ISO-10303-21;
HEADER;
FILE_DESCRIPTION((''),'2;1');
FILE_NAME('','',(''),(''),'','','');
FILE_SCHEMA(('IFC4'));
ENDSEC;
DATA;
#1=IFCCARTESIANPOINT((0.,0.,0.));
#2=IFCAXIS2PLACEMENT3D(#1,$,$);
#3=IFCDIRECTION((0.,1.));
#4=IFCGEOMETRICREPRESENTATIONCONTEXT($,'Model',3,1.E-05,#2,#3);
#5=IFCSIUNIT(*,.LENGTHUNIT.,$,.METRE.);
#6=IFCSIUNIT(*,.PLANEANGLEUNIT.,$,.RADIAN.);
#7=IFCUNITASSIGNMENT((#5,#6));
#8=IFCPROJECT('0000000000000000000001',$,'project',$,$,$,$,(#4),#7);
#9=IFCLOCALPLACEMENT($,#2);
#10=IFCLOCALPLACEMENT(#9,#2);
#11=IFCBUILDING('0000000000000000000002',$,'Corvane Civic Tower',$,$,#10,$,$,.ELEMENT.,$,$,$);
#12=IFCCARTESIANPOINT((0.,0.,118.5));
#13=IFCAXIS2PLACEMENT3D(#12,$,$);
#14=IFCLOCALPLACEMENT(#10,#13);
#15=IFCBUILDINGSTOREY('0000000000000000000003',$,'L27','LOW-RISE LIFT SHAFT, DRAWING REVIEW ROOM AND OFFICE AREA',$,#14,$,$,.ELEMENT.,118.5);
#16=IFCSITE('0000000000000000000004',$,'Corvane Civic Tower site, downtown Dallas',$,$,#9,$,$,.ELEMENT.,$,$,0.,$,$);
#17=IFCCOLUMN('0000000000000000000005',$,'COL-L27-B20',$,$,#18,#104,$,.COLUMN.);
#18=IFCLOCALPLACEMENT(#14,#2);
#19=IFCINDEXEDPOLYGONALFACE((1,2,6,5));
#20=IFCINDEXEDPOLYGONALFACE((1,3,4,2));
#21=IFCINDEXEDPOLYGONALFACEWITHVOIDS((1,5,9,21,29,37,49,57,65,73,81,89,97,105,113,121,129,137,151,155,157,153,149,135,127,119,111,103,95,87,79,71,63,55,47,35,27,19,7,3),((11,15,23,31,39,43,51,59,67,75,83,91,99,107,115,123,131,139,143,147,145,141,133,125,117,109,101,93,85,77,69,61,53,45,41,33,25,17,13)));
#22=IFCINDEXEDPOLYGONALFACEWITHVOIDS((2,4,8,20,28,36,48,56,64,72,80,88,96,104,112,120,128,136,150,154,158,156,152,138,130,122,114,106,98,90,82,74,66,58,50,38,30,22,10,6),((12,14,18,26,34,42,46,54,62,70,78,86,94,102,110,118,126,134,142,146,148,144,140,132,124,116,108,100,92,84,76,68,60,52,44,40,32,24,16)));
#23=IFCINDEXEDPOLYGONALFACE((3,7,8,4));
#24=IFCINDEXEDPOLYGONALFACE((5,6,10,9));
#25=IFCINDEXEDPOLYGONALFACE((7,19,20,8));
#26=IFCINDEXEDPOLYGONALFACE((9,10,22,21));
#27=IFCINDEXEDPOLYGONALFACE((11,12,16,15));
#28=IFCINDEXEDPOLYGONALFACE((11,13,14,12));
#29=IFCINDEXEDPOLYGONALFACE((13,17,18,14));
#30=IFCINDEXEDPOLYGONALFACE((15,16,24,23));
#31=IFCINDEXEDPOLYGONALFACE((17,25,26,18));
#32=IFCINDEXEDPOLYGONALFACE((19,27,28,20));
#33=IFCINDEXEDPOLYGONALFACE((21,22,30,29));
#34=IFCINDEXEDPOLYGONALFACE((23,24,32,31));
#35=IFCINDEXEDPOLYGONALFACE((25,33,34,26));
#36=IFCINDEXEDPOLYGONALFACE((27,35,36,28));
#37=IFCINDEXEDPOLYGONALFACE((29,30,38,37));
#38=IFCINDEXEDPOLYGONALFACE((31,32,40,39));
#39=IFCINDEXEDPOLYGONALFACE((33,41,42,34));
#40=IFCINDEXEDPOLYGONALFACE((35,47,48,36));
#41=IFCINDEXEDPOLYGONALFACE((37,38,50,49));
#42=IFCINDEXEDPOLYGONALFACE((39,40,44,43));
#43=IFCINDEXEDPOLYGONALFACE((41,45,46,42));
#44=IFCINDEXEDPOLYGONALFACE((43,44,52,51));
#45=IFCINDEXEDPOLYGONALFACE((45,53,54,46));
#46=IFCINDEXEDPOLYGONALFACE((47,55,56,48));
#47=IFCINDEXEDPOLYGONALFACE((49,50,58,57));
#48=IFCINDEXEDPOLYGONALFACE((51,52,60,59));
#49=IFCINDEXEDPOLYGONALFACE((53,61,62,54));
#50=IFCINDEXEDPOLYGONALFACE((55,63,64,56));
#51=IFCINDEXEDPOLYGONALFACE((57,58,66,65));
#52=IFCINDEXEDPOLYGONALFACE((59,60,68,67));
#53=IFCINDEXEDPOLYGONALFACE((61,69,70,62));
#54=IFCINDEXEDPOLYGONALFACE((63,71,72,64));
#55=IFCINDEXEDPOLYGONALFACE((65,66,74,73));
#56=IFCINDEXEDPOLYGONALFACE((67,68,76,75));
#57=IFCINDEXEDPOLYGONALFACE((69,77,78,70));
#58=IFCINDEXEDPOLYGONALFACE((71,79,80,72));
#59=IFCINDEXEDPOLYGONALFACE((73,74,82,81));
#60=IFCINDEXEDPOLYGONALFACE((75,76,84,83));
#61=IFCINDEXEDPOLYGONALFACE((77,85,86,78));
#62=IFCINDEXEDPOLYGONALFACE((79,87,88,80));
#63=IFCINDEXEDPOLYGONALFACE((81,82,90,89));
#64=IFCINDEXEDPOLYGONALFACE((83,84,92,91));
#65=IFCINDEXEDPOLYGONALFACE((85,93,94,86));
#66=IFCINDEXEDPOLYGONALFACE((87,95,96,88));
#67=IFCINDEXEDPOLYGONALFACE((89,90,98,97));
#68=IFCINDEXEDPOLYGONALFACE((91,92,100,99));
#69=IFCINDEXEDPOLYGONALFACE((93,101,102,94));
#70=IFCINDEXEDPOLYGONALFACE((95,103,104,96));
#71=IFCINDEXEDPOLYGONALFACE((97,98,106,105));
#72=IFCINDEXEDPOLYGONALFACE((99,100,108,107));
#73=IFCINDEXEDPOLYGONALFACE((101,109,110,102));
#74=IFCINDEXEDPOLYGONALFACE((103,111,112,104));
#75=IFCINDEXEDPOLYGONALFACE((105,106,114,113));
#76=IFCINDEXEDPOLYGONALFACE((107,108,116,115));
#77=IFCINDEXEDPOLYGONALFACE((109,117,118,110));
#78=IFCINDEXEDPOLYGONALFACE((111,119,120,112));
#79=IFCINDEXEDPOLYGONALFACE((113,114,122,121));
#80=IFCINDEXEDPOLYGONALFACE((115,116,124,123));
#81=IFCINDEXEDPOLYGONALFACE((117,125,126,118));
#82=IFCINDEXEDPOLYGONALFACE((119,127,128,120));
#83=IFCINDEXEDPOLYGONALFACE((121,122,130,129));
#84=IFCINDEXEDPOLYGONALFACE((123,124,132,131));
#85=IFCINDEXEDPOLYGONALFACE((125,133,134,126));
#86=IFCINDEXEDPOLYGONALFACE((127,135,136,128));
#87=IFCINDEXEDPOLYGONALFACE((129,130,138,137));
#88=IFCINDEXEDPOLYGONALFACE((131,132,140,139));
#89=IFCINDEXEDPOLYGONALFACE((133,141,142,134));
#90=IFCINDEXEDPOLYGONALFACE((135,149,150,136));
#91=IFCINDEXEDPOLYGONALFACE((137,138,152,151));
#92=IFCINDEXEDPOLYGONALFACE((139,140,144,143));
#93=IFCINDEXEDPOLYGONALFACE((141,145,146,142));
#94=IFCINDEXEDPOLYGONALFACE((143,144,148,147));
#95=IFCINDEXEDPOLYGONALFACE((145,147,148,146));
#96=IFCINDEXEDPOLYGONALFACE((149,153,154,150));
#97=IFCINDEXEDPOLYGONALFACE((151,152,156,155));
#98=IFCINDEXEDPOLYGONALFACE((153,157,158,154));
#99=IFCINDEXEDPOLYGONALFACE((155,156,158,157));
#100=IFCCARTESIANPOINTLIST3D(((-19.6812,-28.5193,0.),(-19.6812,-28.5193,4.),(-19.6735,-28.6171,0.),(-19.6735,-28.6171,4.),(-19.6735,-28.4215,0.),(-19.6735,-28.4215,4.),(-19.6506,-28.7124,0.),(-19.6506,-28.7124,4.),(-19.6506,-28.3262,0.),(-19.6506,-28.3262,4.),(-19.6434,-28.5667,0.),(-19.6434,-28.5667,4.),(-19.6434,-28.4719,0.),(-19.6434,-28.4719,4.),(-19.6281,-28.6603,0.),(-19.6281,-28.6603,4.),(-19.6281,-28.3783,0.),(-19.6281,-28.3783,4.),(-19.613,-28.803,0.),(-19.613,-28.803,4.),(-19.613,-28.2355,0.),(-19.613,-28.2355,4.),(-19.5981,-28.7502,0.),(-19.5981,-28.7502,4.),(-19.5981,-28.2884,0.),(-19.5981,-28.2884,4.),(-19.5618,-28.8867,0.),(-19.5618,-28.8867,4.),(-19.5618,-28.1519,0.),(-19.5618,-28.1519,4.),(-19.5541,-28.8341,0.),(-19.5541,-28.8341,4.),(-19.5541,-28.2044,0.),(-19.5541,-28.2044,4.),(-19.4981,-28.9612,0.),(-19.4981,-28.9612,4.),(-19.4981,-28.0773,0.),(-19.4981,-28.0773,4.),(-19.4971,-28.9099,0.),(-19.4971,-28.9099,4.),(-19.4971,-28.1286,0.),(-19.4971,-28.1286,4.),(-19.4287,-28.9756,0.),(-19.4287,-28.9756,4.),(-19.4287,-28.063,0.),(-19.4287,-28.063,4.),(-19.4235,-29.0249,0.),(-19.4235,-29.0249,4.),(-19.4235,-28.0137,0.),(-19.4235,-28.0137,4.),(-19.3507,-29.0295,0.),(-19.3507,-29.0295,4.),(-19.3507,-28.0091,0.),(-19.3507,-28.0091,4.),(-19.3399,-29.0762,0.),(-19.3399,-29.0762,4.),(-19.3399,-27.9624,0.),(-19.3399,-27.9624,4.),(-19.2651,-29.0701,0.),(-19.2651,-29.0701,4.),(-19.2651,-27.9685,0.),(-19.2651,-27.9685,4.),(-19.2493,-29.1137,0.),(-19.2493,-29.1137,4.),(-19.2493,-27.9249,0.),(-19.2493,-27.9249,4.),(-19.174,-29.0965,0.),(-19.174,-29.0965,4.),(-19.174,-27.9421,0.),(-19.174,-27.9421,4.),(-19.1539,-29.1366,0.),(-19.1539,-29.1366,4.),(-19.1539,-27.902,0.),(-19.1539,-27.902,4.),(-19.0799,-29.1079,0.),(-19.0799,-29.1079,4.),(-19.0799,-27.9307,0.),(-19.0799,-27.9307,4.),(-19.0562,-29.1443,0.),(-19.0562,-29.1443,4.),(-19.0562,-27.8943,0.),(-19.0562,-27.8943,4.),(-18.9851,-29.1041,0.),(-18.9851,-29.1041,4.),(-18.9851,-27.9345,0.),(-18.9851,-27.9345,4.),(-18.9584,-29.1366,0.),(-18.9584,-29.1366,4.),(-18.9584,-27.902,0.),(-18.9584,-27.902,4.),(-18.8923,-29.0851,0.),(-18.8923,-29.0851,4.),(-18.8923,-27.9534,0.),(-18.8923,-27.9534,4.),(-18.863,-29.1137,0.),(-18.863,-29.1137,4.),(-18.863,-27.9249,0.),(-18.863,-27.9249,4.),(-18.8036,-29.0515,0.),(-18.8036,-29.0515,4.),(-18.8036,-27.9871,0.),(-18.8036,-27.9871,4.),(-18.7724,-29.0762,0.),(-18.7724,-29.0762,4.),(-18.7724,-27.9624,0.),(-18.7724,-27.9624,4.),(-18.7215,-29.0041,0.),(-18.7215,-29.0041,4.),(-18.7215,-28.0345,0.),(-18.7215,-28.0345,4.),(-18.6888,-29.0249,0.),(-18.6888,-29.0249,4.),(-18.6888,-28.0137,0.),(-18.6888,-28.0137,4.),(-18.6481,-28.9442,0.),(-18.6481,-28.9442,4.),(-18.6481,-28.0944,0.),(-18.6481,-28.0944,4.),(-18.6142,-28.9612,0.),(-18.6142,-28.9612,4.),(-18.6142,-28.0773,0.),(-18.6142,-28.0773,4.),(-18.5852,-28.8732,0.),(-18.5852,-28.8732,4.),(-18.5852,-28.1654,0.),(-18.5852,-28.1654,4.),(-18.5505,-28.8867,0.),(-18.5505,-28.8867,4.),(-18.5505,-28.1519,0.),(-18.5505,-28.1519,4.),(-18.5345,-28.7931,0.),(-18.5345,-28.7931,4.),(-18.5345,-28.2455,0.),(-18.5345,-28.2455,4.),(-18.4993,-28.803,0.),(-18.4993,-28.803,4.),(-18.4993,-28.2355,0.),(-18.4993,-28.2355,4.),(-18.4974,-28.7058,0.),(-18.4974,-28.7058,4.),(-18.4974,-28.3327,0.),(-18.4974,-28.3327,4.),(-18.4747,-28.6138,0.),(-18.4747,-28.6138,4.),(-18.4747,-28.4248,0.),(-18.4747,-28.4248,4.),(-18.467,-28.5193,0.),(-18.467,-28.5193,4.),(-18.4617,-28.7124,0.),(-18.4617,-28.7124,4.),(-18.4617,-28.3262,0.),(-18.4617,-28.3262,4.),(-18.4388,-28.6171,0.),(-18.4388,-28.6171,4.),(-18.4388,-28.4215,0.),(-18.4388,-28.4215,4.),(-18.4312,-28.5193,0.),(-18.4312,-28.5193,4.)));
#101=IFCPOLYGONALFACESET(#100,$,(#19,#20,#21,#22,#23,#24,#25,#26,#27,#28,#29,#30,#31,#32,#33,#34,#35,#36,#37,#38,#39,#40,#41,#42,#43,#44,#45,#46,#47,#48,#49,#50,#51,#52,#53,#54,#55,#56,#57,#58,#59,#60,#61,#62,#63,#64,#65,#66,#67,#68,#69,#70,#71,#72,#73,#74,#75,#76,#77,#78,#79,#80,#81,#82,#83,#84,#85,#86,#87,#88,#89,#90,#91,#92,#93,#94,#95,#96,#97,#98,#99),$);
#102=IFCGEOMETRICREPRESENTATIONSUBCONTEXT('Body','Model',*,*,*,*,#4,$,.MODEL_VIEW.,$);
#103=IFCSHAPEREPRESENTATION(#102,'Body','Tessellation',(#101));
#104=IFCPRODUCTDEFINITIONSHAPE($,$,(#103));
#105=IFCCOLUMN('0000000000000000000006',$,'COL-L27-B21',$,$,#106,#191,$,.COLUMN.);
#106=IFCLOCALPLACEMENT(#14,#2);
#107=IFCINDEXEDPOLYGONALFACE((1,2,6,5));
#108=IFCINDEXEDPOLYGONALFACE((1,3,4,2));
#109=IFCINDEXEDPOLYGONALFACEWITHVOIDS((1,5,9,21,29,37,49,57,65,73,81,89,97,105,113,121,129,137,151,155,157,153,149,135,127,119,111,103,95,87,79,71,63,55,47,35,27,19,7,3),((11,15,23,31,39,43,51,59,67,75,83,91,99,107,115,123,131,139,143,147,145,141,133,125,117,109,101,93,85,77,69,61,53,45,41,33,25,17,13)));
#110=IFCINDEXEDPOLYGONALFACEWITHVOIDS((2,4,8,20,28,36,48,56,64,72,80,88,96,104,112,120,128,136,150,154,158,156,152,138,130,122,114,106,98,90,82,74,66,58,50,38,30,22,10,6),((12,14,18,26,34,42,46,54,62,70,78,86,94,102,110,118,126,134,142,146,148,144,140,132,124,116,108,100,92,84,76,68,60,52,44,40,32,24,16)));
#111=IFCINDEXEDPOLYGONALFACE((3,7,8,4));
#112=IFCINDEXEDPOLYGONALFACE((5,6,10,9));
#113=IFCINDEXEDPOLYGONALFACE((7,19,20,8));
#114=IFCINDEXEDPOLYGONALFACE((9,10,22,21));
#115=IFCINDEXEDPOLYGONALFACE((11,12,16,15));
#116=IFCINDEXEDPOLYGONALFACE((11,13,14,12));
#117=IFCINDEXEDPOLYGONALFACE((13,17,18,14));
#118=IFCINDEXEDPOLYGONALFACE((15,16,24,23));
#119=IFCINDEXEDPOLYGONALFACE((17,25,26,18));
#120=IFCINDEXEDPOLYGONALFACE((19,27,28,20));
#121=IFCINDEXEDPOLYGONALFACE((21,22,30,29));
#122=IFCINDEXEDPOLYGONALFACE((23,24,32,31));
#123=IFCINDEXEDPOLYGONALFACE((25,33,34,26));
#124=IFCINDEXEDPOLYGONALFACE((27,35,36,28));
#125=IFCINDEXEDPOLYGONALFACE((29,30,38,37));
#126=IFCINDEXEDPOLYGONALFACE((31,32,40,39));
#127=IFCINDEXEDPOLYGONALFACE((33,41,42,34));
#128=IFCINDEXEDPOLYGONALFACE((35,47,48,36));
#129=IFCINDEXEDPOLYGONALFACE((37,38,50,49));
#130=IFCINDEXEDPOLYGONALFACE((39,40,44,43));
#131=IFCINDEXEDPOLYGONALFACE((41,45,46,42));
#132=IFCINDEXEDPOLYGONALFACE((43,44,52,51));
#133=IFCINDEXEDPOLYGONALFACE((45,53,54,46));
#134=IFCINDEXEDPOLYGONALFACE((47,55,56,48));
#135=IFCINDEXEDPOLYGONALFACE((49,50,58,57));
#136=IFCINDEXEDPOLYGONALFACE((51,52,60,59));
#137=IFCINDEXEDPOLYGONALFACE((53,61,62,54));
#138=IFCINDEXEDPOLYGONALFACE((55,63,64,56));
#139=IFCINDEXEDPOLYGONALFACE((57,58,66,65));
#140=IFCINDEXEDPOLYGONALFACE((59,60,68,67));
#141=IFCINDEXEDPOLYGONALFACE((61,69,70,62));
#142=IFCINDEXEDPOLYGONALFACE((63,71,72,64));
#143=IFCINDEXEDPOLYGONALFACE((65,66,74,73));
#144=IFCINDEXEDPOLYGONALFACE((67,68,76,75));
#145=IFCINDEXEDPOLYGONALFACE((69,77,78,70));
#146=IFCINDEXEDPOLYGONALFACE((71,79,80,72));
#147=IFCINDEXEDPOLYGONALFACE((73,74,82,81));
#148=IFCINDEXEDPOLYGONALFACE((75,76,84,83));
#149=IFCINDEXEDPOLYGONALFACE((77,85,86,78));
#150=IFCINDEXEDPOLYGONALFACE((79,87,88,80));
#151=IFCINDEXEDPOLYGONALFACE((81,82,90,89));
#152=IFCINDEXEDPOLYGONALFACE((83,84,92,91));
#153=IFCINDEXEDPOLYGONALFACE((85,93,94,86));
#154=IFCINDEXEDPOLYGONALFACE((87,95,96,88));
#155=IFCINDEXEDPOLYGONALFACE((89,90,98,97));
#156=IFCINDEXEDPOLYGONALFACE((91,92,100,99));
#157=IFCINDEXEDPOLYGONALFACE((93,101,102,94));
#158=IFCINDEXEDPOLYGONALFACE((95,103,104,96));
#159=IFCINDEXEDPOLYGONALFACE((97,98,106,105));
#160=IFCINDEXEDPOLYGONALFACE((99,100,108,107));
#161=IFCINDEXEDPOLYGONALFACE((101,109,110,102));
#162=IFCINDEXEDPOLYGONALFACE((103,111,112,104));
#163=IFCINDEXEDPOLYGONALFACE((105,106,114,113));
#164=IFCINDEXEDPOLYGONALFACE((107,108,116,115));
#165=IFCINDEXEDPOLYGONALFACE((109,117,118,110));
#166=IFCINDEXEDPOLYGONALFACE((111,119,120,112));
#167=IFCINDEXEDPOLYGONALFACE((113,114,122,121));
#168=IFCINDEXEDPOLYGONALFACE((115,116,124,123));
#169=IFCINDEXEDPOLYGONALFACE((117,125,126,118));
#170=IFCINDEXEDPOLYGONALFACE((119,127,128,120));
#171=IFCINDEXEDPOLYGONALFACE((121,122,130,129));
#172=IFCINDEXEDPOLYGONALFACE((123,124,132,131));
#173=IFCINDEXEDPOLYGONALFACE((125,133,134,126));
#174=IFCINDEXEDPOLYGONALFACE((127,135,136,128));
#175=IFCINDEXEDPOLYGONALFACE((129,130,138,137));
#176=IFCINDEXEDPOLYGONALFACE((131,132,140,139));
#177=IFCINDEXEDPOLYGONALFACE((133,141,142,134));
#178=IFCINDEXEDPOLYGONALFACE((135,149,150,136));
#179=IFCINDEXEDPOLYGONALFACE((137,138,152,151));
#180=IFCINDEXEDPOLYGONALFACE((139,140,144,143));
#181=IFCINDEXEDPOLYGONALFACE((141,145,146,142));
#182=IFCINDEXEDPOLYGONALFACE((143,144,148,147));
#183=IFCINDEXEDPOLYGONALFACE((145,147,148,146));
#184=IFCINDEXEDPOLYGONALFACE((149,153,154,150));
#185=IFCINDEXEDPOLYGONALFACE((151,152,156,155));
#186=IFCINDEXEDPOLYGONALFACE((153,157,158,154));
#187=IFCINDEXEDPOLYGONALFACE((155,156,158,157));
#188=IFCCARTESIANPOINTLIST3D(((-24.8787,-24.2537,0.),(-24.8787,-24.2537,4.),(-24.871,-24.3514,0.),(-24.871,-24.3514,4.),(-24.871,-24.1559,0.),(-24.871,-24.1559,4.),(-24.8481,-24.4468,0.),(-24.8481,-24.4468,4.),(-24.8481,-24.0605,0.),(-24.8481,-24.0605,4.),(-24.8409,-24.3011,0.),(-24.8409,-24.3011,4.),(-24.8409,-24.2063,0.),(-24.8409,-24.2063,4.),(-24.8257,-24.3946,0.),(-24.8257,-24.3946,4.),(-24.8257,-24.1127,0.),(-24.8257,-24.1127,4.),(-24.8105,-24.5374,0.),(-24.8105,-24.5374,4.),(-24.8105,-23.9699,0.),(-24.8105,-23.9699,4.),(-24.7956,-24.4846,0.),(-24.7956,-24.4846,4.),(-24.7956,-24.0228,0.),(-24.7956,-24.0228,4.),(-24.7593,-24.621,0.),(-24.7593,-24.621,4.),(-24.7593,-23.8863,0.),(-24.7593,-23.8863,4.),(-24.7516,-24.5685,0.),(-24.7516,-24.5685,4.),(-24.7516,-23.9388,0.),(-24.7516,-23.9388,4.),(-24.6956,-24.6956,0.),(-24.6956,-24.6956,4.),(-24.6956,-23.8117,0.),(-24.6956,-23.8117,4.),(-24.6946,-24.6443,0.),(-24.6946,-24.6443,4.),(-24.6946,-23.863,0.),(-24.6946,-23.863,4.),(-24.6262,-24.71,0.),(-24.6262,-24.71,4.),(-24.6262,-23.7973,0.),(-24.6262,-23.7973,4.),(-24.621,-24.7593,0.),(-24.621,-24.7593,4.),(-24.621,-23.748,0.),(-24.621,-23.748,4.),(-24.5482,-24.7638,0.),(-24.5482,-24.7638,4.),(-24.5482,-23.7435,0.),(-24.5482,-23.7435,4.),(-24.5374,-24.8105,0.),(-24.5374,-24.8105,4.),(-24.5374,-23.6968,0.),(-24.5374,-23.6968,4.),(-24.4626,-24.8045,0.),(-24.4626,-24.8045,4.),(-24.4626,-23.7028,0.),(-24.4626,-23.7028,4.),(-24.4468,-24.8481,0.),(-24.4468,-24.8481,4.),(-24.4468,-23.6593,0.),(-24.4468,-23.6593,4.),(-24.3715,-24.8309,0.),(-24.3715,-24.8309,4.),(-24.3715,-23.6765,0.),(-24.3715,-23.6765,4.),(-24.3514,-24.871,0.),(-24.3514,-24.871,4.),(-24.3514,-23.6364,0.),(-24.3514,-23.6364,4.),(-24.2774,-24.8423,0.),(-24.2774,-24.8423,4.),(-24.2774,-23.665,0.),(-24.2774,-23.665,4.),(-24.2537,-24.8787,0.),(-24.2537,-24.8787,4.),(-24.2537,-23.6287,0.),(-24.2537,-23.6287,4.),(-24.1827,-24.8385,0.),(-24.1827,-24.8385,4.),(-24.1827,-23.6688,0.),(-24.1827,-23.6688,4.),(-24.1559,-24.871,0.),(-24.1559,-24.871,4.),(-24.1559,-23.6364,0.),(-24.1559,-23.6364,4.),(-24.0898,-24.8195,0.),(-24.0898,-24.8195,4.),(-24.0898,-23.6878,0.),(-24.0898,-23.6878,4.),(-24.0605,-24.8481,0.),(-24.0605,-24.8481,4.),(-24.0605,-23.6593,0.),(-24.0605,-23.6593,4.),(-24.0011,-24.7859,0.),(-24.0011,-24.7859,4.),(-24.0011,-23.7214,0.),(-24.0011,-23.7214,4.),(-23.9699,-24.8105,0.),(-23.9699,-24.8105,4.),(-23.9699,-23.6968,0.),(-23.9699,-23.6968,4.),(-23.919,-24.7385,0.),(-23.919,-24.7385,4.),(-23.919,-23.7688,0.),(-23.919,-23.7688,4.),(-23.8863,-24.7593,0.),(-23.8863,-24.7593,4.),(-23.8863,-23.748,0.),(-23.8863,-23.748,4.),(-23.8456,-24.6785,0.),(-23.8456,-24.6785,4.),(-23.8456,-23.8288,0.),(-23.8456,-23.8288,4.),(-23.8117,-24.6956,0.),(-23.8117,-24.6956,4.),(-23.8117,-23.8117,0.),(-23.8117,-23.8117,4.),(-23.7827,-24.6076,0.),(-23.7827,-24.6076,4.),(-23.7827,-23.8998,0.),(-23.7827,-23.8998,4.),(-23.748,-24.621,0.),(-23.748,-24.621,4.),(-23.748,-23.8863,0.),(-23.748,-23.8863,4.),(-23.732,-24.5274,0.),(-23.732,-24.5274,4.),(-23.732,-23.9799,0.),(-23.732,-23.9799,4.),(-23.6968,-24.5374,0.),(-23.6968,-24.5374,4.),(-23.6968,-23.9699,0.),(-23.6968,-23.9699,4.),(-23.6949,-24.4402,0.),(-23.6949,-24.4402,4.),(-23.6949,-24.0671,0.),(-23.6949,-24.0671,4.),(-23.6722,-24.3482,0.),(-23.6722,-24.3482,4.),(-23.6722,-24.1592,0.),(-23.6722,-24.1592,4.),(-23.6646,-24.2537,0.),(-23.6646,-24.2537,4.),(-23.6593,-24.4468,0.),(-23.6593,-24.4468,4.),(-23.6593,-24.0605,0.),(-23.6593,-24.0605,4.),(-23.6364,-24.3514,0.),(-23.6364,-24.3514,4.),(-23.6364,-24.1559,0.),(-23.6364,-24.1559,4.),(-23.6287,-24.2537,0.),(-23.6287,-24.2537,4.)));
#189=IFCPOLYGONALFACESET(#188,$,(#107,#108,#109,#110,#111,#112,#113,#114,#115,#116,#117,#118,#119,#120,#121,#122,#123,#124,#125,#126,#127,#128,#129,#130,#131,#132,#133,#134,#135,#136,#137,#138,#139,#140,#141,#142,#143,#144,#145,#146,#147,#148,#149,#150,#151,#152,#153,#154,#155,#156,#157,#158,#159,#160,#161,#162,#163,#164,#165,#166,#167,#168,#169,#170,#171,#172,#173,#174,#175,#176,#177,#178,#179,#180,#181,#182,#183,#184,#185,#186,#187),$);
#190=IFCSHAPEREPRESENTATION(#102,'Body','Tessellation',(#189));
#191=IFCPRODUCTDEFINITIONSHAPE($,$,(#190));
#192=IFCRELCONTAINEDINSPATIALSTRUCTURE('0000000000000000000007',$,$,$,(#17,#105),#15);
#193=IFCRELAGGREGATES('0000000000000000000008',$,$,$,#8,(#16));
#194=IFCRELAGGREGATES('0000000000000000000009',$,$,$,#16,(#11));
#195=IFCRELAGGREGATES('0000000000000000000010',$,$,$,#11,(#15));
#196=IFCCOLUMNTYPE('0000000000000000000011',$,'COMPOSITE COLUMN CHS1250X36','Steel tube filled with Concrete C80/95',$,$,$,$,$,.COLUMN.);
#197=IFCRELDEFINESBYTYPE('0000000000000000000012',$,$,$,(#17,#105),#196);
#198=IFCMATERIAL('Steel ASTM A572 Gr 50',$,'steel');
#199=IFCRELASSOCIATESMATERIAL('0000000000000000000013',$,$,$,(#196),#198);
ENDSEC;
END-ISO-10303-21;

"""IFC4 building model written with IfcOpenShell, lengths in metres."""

from ifc_helpers import new_model, si_unit, direction, frame, origin, origin_2d, place, context, subcontext, project, spatial, hollow_circle, extrude, material, material_profile, profile_set, type_object, element, save


model = new_model("IFC4")

# Units and contexts
model_context = context("Model", 3, precision=1e-05, world=origin(), true_north=direction((0.0, 1.0)))
body_context = subcontext(model_context, "Body", "Model", "MODEL_VIEW")
ifc_project = project(units=[si_unit("LENGTHUNIT", "METRE"), si_unit("PLANEANGLEUNIT", "RADIAN")], contexts=[model_context])

# Site, building, storey
site_placement = place(None, origin())
site = spatial("IfcSite", under=ifc_project, at=site_placement, Name="Corvane Civic Tower site, downtown Dallas", CompositionType="ELEMENT", RefElevation=0.0)
building_placement = place(site_placement, origin())
building = spatial("IfcBuilding", under=site, at=building_placement, Name="Corvane Civic Tower", CompositionType="ELEMENT")
storey_placement = place(building_placement, frame((0.0, 0.0, 118.5)))
storey = spatial("IfcBuildingStorey", under=building, at=storey_placement, Name="L27", Description="LOW-RISE LIFT SHAFT, DRAWING REVIEW ROOM AND OFFICE AREA", CompositionType="ELEMENT", Elevation=118.5)

# Columns
ifc_material_1 = material(Name="Steel ASTM A572 Gr 50", Category="steel")
ifc_material_profile_1 = material_profile(ifc_material_1, hollow_circle(Radius=0.625, WallThickness=0.0359, at=origin_2d()), Name="CHS1250X36")
ifc_profile_set_1 = profile_set([ifc_material_profile_1], Name="Steel ASTM A572 Gr 50")
column_type = type_object("IfcColumnType", Name="COMPOSITE COLUMN CHS1250X36", Description="Steel tube filled with Concrete C80/95", PredefinedType="COLUMN", material=ifc_profile_set_1)
for number, where, z_axis, x_axis, name in (
    (1, (-19.0562, -28.5193, 0.0), (0.0, 0.0, 1.0), (1.0, 0.0, 0.0), "COL-L27-B20"),
    (2, (-24.2537, -24.2537, 0.0), (0.0, 0.0, 1.0), (1.0, 0.0, 0.0), "COL-L27-B21"),
):
    element("IfcColumn", number, at=place(storey_placement, frame(where, z_axis=z_axis, x_axis=x_axis)), inside=storey, type_object=column_type, Name=name, PredefinedType="COLUMN", context=body_context, shape_type="SweptSolid", body=[
        extrude(hollow_circle(Radius=0.625, WallThickness=0.0359, at=origin_2d()), origin(), (0.0, 0.0, 1.0), 4.0),
    ])

save(model, "model.ifc")
